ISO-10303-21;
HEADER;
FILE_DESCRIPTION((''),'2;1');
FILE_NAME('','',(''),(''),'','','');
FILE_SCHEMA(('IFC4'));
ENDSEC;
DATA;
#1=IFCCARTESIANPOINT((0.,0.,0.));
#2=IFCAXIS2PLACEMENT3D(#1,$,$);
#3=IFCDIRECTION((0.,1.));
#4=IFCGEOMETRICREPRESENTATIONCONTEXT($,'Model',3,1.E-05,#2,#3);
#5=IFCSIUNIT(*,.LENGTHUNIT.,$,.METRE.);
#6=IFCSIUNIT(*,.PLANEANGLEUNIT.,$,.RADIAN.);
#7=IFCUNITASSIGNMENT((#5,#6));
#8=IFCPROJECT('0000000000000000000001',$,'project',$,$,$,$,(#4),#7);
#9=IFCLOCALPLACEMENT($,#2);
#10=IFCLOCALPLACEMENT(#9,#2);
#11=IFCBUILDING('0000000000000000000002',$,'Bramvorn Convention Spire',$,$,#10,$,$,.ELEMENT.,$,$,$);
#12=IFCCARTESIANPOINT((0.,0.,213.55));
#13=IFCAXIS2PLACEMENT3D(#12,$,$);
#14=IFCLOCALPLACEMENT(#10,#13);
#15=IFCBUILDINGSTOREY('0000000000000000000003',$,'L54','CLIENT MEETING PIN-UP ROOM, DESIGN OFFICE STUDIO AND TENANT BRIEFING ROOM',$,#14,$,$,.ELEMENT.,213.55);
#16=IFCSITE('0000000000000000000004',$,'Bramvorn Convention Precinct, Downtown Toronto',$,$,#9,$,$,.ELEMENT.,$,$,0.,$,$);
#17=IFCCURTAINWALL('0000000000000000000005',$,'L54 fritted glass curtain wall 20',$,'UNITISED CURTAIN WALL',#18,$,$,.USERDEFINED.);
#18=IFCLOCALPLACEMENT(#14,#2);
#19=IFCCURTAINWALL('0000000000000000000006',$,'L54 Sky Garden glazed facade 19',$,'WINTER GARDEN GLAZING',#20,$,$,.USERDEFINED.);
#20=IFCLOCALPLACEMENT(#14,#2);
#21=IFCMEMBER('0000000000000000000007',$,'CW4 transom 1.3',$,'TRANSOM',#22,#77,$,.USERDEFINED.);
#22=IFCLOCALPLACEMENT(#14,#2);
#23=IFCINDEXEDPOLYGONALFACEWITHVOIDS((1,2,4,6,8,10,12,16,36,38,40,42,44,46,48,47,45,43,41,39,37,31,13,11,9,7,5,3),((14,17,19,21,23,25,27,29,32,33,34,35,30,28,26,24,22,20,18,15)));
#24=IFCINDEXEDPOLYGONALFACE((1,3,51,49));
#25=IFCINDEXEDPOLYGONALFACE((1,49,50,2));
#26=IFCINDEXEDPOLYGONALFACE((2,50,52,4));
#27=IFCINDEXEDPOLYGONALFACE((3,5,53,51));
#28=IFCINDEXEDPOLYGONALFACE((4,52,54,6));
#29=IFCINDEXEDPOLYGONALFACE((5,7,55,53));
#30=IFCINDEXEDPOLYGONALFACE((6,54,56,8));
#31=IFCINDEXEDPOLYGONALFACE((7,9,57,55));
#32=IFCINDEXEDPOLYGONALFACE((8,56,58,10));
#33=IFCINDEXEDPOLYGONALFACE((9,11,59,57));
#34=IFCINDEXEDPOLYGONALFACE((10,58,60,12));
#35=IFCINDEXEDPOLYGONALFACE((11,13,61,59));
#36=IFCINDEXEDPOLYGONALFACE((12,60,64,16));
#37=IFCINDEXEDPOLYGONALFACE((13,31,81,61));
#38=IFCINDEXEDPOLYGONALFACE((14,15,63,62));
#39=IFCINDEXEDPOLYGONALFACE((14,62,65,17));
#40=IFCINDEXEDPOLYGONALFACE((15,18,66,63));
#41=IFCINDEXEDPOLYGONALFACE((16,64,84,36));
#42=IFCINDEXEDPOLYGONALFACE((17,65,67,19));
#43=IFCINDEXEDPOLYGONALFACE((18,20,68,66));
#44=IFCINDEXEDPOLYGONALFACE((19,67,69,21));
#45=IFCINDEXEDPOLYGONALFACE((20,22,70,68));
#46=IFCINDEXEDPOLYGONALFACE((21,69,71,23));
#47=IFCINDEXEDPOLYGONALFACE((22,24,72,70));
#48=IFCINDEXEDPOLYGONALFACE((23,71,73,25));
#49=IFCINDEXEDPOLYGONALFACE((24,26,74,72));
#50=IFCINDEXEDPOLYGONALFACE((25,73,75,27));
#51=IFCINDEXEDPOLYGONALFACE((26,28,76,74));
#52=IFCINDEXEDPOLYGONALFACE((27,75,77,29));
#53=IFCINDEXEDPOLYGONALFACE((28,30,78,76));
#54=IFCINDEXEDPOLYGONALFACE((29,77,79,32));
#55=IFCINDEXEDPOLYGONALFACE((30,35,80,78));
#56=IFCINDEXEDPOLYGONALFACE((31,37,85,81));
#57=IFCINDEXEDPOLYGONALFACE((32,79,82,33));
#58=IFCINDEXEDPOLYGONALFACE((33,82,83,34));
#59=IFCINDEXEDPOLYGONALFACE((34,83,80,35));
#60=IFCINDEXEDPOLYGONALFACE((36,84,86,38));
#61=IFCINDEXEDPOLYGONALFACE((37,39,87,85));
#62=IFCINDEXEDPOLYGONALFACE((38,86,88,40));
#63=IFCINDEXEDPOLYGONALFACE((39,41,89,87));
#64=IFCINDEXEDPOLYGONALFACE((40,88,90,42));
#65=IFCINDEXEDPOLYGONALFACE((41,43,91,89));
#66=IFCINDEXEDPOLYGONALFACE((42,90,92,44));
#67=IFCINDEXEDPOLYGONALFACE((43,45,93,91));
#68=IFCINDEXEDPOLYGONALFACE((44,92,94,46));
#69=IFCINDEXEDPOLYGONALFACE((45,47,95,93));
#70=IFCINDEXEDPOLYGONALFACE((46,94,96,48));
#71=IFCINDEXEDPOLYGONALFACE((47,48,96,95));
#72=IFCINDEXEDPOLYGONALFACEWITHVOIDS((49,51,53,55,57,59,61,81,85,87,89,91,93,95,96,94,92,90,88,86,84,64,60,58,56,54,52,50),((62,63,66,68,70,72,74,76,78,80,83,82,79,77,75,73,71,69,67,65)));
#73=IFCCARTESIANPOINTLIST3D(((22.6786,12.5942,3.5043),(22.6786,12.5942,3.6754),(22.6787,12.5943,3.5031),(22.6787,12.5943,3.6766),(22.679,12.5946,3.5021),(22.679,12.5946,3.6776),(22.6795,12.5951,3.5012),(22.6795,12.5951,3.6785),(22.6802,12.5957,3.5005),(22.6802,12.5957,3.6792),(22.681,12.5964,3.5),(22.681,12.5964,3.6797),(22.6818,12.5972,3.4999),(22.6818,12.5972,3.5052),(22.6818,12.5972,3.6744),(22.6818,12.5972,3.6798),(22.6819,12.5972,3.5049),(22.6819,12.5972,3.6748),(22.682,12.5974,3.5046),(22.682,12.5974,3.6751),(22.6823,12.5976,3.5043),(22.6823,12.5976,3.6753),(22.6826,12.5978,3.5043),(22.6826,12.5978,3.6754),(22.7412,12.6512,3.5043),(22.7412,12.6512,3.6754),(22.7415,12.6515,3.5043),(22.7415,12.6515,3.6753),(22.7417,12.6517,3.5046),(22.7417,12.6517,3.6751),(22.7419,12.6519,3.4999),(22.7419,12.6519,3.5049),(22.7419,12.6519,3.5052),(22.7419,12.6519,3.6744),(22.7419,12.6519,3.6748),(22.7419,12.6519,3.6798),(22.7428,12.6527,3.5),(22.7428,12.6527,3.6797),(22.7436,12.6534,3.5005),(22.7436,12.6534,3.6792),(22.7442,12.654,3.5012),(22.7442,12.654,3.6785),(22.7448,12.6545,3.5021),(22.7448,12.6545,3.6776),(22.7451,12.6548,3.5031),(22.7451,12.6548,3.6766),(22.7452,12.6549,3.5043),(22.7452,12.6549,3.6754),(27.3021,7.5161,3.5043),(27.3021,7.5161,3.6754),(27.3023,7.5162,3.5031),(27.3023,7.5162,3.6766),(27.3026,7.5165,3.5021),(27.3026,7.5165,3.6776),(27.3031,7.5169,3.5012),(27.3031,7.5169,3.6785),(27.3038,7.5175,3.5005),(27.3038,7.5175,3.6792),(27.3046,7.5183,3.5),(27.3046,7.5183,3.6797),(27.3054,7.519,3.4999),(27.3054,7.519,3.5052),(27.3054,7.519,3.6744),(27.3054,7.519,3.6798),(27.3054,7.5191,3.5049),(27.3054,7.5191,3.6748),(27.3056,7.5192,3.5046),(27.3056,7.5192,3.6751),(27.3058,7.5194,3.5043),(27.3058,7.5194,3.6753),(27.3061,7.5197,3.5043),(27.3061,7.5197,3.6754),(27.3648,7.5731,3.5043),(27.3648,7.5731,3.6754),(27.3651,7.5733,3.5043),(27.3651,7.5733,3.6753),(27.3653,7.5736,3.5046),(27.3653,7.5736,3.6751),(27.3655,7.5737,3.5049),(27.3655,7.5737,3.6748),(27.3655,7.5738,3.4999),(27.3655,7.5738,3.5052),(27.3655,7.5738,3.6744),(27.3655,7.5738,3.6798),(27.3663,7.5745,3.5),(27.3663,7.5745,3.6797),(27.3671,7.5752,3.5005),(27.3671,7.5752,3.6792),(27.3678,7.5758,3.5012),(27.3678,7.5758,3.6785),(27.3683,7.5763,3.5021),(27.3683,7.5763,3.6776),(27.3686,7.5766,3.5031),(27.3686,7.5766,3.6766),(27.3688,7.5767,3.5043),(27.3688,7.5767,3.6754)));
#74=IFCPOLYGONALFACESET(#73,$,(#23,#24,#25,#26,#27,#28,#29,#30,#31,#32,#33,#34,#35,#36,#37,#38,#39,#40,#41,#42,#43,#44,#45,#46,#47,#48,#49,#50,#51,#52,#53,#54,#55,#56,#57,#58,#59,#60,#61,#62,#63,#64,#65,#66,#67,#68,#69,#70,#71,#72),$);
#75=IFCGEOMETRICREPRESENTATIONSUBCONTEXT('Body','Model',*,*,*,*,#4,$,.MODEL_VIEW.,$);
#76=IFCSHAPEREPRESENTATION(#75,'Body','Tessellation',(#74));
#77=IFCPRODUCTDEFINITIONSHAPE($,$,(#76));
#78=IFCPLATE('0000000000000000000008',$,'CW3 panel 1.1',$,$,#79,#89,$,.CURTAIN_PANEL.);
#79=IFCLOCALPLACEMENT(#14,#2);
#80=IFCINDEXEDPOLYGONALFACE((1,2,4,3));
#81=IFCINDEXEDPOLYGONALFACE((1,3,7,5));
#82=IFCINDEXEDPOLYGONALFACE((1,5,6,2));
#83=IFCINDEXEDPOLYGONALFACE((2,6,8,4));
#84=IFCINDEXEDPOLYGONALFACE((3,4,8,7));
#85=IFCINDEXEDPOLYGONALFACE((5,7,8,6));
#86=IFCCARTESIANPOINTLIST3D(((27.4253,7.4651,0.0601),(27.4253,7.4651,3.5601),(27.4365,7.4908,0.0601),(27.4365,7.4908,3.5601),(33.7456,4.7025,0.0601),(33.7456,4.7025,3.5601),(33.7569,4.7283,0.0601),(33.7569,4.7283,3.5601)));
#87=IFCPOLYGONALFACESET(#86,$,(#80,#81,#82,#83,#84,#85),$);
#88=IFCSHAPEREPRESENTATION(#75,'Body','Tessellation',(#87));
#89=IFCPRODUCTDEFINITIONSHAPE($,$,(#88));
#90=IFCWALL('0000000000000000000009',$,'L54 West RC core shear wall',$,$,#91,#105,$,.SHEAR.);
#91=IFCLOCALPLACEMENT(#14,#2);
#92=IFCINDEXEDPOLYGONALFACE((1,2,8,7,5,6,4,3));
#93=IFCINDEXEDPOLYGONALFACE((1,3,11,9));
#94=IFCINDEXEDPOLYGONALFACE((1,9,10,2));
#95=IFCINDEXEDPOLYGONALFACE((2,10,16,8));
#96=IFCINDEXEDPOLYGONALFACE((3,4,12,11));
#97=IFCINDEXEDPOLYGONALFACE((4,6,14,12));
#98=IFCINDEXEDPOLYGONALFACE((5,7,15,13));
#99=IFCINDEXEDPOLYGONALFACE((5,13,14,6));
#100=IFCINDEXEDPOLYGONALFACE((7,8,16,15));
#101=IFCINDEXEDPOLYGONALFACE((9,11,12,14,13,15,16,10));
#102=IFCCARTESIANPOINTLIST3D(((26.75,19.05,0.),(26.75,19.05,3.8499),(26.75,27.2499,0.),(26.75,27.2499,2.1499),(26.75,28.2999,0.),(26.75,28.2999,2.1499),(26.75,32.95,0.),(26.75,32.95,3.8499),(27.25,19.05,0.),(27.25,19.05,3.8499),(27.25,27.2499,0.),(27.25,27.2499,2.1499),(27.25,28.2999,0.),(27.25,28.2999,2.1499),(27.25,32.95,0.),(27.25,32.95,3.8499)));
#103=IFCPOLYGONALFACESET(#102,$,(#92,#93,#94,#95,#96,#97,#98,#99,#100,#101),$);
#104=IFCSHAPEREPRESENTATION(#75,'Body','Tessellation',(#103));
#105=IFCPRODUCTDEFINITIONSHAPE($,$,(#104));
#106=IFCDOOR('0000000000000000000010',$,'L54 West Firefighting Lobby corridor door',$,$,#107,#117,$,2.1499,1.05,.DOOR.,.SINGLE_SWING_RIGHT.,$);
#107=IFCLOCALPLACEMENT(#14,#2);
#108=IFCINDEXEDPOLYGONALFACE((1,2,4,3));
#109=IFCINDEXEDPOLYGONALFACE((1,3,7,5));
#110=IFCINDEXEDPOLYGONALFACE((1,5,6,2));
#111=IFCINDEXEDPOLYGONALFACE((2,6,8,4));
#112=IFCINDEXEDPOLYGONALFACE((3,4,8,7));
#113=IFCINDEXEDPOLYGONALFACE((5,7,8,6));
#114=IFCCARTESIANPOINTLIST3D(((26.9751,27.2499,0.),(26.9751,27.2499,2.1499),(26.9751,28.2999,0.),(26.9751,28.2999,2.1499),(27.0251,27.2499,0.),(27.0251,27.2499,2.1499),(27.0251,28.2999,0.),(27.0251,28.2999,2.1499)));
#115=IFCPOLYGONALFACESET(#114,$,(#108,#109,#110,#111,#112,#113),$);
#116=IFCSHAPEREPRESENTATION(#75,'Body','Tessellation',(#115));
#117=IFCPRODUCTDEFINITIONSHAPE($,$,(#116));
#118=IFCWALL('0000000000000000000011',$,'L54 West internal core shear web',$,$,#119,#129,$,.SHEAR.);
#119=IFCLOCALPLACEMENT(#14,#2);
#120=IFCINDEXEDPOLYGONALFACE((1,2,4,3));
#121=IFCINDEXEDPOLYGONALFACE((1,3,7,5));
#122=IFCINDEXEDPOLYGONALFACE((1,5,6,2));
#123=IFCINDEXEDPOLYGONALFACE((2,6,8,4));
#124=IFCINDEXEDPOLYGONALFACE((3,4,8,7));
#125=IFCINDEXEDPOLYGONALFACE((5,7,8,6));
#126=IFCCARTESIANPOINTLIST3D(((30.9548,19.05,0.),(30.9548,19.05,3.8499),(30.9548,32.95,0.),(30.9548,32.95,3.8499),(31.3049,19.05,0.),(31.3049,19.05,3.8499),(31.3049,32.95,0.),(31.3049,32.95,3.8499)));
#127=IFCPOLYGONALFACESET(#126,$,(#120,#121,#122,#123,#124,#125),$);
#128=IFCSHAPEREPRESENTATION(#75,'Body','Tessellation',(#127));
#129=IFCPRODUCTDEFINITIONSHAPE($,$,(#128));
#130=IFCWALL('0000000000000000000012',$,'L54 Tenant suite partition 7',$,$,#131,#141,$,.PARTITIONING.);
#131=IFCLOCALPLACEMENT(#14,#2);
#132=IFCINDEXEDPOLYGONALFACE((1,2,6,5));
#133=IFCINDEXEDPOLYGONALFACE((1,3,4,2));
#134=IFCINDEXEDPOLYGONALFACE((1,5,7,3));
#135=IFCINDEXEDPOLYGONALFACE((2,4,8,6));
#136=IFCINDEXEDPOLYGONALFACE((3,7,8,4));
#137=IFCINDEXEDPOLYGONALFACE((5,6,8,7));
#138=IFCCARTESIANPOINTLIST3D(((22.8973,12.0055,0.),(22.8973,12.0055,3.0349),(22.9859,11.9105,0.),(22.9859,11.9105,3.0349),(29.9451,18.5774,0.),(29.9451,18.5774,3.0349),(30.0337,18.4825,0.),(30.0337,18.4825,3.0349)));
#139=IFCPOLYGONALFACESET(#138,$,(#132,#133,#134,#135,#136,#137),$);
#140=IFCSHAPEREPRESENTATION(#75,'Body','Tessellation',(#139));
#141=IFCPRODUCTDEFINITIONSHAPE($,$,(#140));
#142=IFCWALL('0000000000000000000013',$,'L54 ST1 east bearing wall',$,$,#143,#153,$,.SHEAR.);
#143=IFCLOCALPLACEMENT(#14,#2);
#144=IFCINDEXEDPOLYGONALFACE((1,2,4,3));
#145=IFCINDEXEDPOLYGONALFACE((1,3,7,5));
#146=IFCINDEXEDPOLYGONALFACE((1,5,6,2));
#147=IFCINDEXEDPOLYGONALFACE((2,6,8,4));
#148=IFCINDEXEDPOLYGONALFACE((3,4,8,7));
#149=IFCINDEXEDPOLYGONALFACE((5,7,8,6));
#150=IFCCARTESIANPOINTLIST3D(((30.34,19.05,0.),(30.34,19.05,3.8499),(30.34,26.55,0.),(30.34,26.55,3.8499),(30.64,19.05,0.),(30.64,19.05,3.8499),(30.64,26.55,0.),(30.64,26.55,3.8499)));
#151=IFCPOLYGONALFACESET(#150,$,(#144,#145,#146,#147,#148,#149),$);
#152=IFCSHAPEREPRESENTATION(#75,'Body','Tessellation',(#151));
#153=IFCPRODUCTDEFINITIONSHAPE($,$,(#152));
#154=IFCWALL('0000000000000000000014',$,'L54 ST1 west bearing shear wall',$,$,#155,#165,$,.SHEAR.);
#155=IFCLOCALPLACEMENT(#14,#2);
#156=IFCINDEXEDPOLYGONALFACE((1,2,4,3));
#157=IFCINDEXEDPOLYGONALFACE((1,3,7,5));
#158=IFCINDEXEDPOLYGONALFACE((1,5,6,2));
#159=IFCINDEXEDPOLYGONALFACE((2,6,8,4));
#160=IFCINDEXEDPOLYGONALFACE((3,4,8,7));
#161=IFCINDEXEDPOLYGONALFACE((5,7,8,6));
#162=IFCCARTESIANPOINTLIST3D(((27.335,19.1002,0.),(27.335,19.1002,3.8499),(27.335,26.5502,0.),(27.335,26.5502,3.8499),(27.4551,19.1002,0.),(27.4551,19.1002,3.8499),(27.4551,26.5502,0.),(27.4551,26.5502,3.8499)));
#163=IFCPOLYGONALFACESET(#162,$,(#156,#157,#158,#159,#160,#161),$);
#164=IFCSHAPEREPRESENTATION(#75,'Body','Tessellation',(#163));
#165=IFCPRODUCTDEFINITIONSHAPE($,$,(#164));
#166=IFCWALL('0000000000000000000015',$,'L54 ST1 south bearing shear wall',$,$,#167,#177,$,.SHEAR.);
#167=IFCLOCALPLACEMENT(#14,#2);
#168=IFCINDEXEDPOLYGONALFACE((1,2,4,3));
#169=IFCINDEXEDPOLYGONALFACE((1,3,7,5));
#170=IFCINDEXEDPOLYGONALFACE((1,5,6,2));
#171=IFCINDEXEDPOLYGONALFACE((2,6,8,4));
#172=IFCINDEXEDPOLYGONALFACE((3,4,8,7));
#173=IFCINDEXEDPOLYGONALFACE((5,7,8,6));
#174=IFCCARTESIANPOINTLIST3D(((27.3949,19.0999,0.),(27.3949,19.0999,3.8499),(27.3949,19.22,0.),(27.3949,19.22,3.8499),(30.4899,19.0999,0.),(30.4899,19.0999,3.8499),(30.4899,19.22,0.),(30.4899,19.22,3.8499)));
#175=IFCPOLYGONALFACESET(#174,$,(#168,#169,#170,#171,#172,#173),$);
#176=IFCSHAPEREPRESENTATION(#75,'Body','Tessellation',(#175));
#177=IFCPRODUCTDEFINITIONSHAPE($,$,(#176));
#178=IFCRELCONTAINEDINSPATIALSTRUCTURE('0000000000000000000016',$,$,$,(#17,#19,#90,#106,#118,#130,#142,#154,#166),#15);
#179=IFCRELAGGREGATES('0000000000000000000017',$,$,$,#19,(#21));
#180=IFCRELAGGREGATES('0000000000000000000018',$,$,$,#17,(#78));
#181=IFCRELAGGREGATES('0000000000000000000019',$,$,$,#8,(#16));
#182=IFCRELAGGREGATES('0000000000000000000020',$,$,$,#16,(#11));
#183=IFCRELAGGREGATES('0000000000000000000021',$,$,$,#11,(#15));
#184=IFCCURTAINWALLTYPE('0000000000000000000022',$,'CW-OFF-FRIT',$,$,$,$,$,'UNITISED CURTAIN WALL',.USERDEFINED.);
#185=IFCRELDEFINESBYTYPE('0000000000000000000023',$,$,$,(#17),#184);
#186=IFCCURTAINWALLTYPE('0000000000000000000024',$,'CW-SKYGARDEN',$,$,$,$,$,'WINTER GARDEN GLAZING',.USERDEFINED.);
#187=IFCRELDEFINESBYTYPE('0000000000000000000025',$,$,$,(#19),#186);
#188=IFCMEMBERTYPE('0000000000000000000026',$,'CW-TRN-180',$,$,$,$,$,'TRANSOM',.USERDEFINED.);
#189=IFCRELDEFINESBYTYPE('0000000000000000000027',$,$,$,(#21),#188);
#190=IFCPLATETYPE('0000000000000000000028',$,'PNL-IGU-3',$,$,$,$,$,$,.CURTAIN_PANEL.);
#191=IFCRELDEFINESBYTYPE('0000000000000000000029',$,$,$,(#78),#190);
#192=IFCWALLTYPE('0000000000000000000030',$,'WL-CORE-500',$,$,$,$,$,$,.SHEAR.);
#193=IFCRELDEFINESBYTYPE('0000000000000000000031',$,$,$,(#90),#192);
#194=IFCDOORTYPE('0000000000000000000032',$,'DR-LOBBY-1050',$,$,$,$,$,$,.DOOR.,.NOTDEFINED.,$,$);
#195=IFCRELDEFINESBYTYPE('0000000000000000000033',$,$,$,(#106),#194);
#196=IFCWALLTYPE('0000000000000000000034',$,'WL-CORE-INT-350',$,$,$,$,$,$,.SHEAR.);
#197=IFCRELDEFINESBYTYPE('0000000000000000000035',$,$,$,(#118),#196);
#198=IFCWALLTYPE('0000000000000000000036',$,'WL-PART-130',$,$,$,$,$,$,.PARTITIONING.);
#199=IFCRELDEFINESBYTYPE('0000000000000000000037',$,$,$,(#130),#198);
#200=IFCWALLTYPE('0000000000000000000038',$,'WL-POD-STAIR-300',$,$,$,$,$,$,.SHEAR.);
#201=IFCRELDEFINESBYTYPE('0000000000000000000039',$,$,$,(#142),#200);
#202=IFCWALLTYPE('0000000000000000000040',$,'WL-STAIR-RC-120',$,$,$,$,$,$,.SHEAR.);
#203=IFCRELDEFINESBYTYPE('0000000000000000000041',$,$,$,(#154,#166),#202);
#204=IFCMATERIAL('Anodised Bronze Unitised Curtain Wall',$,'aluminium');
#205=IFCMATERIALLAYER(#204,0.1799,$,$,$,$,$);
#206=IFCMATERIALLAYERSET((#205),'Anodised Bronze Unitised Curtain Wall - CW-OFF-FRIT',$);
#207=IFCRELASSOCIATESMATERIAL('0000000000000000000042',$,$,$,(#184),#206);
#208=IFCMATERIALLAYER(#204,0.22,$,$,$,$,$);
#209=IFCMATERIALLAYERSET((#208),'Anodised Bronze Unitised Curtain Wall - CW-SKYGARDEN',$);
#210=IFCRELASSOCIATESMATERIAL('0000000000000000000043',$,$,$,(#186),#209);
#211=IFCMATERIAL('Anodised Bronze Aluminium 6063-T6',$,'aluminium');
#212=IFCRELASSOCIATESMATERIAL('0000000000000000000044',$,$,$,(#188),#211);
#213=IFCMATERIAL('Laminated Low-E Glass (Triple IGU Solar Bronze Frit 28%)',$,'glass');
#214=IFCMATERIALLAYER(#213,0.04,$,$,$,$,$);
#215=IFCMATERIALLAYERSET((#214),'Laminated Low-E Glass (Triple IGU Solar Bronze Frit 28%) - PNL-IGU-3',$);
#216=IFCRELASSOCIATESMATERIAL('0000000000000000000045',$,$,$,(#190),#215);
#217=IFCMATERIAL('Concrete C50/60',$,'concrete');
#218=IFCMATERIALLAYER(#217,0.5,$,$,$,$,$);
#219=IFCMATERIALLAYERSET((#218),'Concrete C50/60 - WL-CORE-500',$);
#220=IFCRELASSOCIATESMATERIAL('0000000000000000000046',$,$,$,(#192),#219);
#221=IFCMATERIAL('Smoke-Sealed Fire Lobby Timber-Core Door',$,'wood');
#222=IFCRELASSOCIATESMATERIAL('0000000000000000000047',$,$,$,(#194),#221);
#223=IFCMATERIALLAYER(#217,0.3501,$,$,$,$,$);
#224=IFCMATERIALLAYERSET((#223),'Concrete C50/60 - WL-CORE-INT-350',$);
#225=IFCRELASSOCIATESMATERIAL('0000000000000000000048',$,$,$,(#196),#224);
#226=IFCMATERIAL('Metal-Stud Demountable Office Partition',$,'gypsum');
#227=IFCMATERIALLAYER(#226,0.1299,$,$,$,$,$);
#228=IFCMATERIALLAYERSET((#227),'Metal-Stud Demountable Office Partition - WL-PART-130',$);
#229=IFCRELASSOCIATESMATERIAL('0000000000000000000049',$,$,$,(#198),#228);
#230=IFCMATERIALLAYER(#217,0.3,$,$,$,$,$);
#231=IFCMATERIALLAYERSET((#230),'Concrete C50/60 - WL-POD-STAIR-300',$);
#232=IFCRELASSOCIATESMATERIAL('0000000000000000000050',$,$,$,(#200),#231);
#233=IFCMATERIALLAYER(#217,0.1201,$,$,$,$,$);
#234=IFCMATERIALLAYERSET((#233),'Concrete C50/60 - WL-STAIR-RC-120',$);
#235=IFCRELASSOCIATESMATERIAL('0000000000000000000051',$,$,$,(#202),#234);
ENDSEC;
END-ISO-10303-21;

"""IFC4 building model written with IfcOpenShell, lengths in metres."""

from ifc_helpers import new_model, si_unit, direction, frame, frame_2d, origin, origin_2d, place, context, subcontext, project, spatial, rectangle, hollow_rectangle, extrude, material, layer, layer_set, material_profile, profile_set, type_object, element, fill, aggregate, save


model = new_model("IFC4")

# Units and contexts
model_context = context("Model", 3, precision=1e-05, world=origin(), true_north=direction((0.0, 1.0)))
body_context = subcontext(model_context, "Body", "Model", "MODEL_VIEW")
ifc_project = project(units=[si_unit("LENGTHUNIT", "METRE"), si_unit("PLANEANGLEUNIT", "RADIAN")], contexts=[model_context])

# Site, building, storey
site_placement = place(None, origin())
site = spatial("IfcSite", under=ifc_project, at=site_placement, Name="Bramvorn Convention Precinct, Downtown Toronto", CompositionType="ELEMENT", RefElevation=0.0)
building_placement = place(site_placement, origin())
building = spatial("IfcBuilding", under=site, at=building_placement, Name="Bramvorn Convention Spire", CompositionType="ELEMENT")
storey_placement = place(building_placement, frame((0.0, 0.0, 213.55)))
storey = spatial("IfcBuildingStorey", under=building, at=storey_placement, Name="L54", Description="CLIENT MEETING PIN-UP ROOM, DESIGN OFFICE STUDIO AND TENANT BRIEFING ROOM", CompositionType="ELEMENT", Elevation=213.55)

# Curtain wall
ifc_material_1 = material(Name="Anodised Bronze Unitised Curtain Wall", Category="aluminium")
ifc_layer_1 = layer(ifc_material_1, 0.1799)
ifc_layer_set_1 = layer_set([ifc_layer_1], Name="Anodised Bronze Unitised Curtain Wall - CW-OFF-FRIT")
curtain_wall_type_1 = type_object("IfcCurtainWallType", Name="CW-OFF-FRIT", ElementType="UNITISED CURTAIN WALL", PredefinedType="USERDEFINED", material=ifc_layer_set_1)
curtain_wall_1_placement = place(storey_placement, origin())
curtain_wall_1 = element("IfcCurtainWall", 1, at=curtain_wall_1_placement, inside=storey, type_object=curtain_wall_type_1, Name="L54 fritted glass curtain wall 20", ObjectType="UNITISED CURTAIN WALL", PredefinedType="USERDEFINED")
ifc_material_2 = material(Name="Anodised Bronze Aluminium 6063-T6", Category="aluminium")

# Curtain wall, member
ifc_layer_2 = layer(ifc_material_1, 0.22)
ifc_layer_set_2 = layer_set([ifc_layer_2], Name="Anodised Bronze Unitised Curtain Wall - CW-SKYGARDEN")
curtain_wall_type_2 = type_object("IfcCurtainWallType", Name="CW-SKYGARDEN", ElementType="WINTER GARDEN GLAZING", PredefinedType="USERDEFINED", material=ifc_layer_set_2)
curtain_wall_2_placement = place(storey_placement, origin())
curtain_wall_2 = element("IfcCurtainWall", 2, at=curtain_wall_2_placement, inside=storey, type_object=curtain_wall_type_2, Name="L54 Sky Garden glazed facade 19", ObjectType="WINTER GARDEN GLAZING", PredefinedType="USERDEFINED")
ifc_material_profile_1 = material_profile(ifc_material_2, hollow_rectangle(XDim=0.0901, YDim=0.1799, WallThickness=0.0044, InnerFilletRadius=0.001, OuterFilletRadius=0.0044, at=origin_2d()))
ifc_profile_set_1 = profile_set([ifc_material_profile_1], Name="Anodised Bronze Aluminium 6063-T6 - CWT90X180")
member_type_1 = type_object("IfcMemberType", Name="CW-TRN-180", ElementType="TRANSOM", PredefinedType="USERDEFINED", material=ifc_profile_set_1)
member_1_placement = place(storey_placement, frame((27.3354, 7.5464, 3.5898), z_axis=(-0.673235, 0.739428, 0.0), x_axis=(-0.739428, -0.673235, 0.0)))
member_1 = element("IfcMember", 3, at=member_1_placement, type_object=member_type_1, Name="CW4 transom 1.3", ObjectType="TRANSOM", PredefinedType="USERDEFINED", context=body_context, shape_type="SweptSolid", body=[
    extrude(hollow_rectangle(XDim=0.0901, YDim=0.1799, WallThickness=0.0044, InnerFilletRadius=0.001, OuterFilletRadius=0.0044, at=origin_2d()), origin(), (0.0, 0.0, 1.0), 6.8677),
])
aggregate(curtain_wall_2, [member_1])

# Plate
ifc_material_3 = material(Name="Laminated Low-E Glass (Triple IGU Solar Bronze Frit 28%)", Category="glass")
ifc_layer_3 = layer(ifc_material_3, 0.04)
ifc_layer_set_3 = layer_set([ifc_layer_3], Name="Laminated Low-E Glass (Triple IGU Solar Bronze Frit 28%) - PNL-IGU-3")
plate_type = type_object("IfcPlateType", Name="PNL-IGU-3", PredefinedType="CURTAIN_PANEL", material=ifc_layer_set_3)
plate_placement = place(storey_placement, frame((30.5911, 6.0967, 0.0601), z_axis=(0.0, 0.0, 1.0), x_axis=(-0.916296, 0.400501, 0.0)))
plate = element("IfcPlate", 4, at=plate_placement, type_object=plate_type, Name="CW3 panel 1.1", PredefinedType="CURTAIN_PANEL", context=body_context, shape_type="SweptSolid", body=[
    extrude(rectangle(XDim=6.8977, YDim=0.0281, at=origin_2d()), origin(), (0.0, 0.0, 1.0), 3.5),
])
aggregate(curtain_wall_1, [plate])

# Wall, opening, door
ifc_material_4 = material(Name="Concrete C50/60", Category="concrete")
ifc_layer_4 = layer(ifc_material_4, 0.5)
ifc_layer_set_4 = layer_set([ifc_layer_4], Name="Concrete C50/60 - WL-CORE-500")
wall_type_1 = type_object("IfcWallType", Name="WL-CORE-500", PredefinedType="SHEAR", material=ifc_layer_set_4)
wall_1_placement = place(storey_placement, frame((27.0, 19.05, 0.0), z_axis=(0.0, 0.0, 1.0), x_axis=(0.0, 1.0, 0.0)))
wall_1 = element("IfcWall", 5, at=wall_1_placement, inside=storey, type_object=wall_type_1, Name="L54 West RC core shear wall", PredefinedType="SHEAR", context=body_context, shape_type="SweptSolid", body=[
    extrude(rectangle(XDim=13.8999, YDim=0.5, at=frame_2d((6.95, 0.0))), origin(), (0.0, 0.0, 1.0), 3.8499),
])
opening_placement = place(wall_1_placement, frame((8.2, 0.0, 0.0)))
opening = element("IfcOpeningElement", 6, at=opening_placement, cuts=wall_1, PredefinedType="OPENING", context=body_context, shape_type="SweptSolid", body=[
    extrude(rectangle(XDim=1.05, YDim=2.1499, at=frame_2d((0.5249, 1.075))), frame((0.0, 0.26, 0.0), z_axis=(0.0, -1.0, 0.0), x_axis=(1.0, 0.0, 0.0)), (0.0, 0.0, 1.0), 0.52),
])
ifc_material_5 = material(Name="Smoke-Sealed Fire Lobby Timber-Core Door", Category="wood")
door_type = type_object("IfcDoorType", Name="DR-LOBBY-1050", OperationType="NOTDEFINED", PredefinedType="DOOR", material=ifc_material_5)
door_placement = place(opening_placement, origin())
door = element("IfcDoor", 7, at=door_placement, inside=storey, type_object=door_type, Name="L54 West Firefighting Lobby corridor door", OperationType="SINGLE_SWING_RIGHT", OverallHeight=2.1499, OverallWidth=1.05, PredefinedType="DOOR", context=body_context, shape_type="SweptSolid", body=[
    extrude(rectangle(XDim=1.05, YDim=2.1499, at=frame_2d((0.5249, 1.075))), frame((0.0, 0.0249, 0.0), z_axis=(0.0, -1.0, 0.0), x_axis=(1.0, 0.0, 0.0)), (0.0, 0.0, 1.0), 0.05),
])
fill(opening, door)

# Walls
ifc_layer_5 = layer(ifc_material_4, 0.3501)
ifc_layer_set_5 = layer_set([ifc_layer_5], Name="Concrete C50/60 - WL-CORE-INT-350")
wall_type_2 = type_object("IfcWallType", Name="WL-CORE-INT-350", PredefinedType="SHEAR", material=ifc_layer_set_5)
wall_2_placement = place(storey_placement, frame((31.1299, 19.05, 0.0), z_axis=(0.0, 0.0, 1.0), x_axis=(0.0, 1.0, 0.0)))
element("IfcWall", 8, at=wall_2_placement, inside=storey, type_object=wall_type_2, Name="L54 West internal core shear web", PredefinedType="SHEAR", context=body_context, shape_type="SweptSolid", body=[
    extrude(rectangle(XDim=13.8999, YDim=0.3501, at=frame_2d((6.95, 0.0))), origin(), (0.0, 0.0, 1.0), 3.8499),
])
ifc_material_6 = material(Name="Metal-Stud Demountable Office Partition", Category="gypsum")
ifc_layer_6 = layer(ifc_material_6, 0.1299)
ifc_layer_set_6 = layer_set([ifc_layer_6], Name="Metal-Stud Demountable Office Partition - WL-PART-130")
wall_type_3 = type_object("IfcWallType", Name="WL-PART-130", PredefinedType="PARTITIONING", material=ifc_layer_set_6)
wall_3_placement = place(storey_placement, frame((29.9895, 18.53, 0.0), z_axis=(0.0, 0.0, 1.0), x_axis=(-0.731364, -0.681987, 0.0)))
element("IfcWall", 9, at=wall_3_placement, inside=storey, type_object=wall_type_3, Name="L54 Tenant suite partition 7", PredefinedType="PARTITIONING", context=body_context, shape_type="SweptSolid", body=[
    extrude(rectangle(XDim=9.6365, YDim=0.1299, at=frame_2d((4.8184, 0.0))), origin(), (0.0, 0.0, 1.0), 3.0349),
])
ifc_layer_7 = layer(ifc_material_4, 0.3)
ifc_layer_set_7 = layer_set([ifc_layer_7], Name="Concrete C50/60 - WL-POD-STAIR-300")
wall_type_4 = type_object("IfcWallType", Name="WL-POD-STAIR-300", PredefinedType="SHEAR", material=ifc_layer_set_7)
wall_4_placement = place(storey_placement, frame((30.49, 19.05, 0.0), z_axis=(0.0, 0.0, 1.0), x_axis=(0.0, 1.0, 0.0)))
element("IfcWall", 10, at=wall_4_placement, inside=storey, type_object=wall_type_4, Name="L54 ST1 east bearing wall", PredefinedType="SHEAR", context=body_context, shape_type="SweptSolid", body=[
    extrude(rectangle(XDim=7.5, YDim=0.3, at=frame_2d((3.75, 0.0))), origin(), (0.0, 0.0, 1.0), 3.8499),
])
ifc_layer_8 = layer(ifc_material_4, 0.1201)
ifc_layer_set_8 = layer_set([ifc_layer_8], Name="Concrete C50/60 - WL-STAIR-RC-120")
wall_type_5 = type_object("IfcWallType", Name="WL-STAIR-RC-120", PredefinedType="SHEAR", material=ifc_layer_set_8)
wall_5_placement = place(storey_placement, frame((27.395, 19.1001, 0.0), z_axis=(0.0, 0.0, 1.0), x_axis=(0.0, 1.0, 0.0)))
element("IfcWall", 11, at=wall_5_placement, inside=storey, type_object=wall_type_5, Name="L54 ST1 west bearing shear wall", PredefinedType="SHEAR", context=body_context, shape_type="SweptSolid", body=[
    extrude(rectangle(XDim=7.45, YDim=0.1201, at=frame_2d((3.7251, 0.0))), origin(), (0.0, 0.0, 1.0), 3.8499),
])
wall_6_placement = place(storey_placement, frame((27.395, 19.1599, 0.0), z_axis=(0.0, 0.0, 1.0), x_axis=(1.0, 0.0, 0.0)))
element("IfcWall", 12, at=wall_6_placement, inside=storey, type_object=wall_type_5, Name="L54 ST1 south bearing shear wall", PredefinedType="SHEAR", context=body_context, shape_type="SweptSolid", body=[
    extrude(rectangle(XDim=3.095, YDim=0.1201, at=frame_2d((1.5474, 0.0))), origin(), (0.0, 0.0, 1.0), 3.8499),
])

save(model, "model.ifc")
